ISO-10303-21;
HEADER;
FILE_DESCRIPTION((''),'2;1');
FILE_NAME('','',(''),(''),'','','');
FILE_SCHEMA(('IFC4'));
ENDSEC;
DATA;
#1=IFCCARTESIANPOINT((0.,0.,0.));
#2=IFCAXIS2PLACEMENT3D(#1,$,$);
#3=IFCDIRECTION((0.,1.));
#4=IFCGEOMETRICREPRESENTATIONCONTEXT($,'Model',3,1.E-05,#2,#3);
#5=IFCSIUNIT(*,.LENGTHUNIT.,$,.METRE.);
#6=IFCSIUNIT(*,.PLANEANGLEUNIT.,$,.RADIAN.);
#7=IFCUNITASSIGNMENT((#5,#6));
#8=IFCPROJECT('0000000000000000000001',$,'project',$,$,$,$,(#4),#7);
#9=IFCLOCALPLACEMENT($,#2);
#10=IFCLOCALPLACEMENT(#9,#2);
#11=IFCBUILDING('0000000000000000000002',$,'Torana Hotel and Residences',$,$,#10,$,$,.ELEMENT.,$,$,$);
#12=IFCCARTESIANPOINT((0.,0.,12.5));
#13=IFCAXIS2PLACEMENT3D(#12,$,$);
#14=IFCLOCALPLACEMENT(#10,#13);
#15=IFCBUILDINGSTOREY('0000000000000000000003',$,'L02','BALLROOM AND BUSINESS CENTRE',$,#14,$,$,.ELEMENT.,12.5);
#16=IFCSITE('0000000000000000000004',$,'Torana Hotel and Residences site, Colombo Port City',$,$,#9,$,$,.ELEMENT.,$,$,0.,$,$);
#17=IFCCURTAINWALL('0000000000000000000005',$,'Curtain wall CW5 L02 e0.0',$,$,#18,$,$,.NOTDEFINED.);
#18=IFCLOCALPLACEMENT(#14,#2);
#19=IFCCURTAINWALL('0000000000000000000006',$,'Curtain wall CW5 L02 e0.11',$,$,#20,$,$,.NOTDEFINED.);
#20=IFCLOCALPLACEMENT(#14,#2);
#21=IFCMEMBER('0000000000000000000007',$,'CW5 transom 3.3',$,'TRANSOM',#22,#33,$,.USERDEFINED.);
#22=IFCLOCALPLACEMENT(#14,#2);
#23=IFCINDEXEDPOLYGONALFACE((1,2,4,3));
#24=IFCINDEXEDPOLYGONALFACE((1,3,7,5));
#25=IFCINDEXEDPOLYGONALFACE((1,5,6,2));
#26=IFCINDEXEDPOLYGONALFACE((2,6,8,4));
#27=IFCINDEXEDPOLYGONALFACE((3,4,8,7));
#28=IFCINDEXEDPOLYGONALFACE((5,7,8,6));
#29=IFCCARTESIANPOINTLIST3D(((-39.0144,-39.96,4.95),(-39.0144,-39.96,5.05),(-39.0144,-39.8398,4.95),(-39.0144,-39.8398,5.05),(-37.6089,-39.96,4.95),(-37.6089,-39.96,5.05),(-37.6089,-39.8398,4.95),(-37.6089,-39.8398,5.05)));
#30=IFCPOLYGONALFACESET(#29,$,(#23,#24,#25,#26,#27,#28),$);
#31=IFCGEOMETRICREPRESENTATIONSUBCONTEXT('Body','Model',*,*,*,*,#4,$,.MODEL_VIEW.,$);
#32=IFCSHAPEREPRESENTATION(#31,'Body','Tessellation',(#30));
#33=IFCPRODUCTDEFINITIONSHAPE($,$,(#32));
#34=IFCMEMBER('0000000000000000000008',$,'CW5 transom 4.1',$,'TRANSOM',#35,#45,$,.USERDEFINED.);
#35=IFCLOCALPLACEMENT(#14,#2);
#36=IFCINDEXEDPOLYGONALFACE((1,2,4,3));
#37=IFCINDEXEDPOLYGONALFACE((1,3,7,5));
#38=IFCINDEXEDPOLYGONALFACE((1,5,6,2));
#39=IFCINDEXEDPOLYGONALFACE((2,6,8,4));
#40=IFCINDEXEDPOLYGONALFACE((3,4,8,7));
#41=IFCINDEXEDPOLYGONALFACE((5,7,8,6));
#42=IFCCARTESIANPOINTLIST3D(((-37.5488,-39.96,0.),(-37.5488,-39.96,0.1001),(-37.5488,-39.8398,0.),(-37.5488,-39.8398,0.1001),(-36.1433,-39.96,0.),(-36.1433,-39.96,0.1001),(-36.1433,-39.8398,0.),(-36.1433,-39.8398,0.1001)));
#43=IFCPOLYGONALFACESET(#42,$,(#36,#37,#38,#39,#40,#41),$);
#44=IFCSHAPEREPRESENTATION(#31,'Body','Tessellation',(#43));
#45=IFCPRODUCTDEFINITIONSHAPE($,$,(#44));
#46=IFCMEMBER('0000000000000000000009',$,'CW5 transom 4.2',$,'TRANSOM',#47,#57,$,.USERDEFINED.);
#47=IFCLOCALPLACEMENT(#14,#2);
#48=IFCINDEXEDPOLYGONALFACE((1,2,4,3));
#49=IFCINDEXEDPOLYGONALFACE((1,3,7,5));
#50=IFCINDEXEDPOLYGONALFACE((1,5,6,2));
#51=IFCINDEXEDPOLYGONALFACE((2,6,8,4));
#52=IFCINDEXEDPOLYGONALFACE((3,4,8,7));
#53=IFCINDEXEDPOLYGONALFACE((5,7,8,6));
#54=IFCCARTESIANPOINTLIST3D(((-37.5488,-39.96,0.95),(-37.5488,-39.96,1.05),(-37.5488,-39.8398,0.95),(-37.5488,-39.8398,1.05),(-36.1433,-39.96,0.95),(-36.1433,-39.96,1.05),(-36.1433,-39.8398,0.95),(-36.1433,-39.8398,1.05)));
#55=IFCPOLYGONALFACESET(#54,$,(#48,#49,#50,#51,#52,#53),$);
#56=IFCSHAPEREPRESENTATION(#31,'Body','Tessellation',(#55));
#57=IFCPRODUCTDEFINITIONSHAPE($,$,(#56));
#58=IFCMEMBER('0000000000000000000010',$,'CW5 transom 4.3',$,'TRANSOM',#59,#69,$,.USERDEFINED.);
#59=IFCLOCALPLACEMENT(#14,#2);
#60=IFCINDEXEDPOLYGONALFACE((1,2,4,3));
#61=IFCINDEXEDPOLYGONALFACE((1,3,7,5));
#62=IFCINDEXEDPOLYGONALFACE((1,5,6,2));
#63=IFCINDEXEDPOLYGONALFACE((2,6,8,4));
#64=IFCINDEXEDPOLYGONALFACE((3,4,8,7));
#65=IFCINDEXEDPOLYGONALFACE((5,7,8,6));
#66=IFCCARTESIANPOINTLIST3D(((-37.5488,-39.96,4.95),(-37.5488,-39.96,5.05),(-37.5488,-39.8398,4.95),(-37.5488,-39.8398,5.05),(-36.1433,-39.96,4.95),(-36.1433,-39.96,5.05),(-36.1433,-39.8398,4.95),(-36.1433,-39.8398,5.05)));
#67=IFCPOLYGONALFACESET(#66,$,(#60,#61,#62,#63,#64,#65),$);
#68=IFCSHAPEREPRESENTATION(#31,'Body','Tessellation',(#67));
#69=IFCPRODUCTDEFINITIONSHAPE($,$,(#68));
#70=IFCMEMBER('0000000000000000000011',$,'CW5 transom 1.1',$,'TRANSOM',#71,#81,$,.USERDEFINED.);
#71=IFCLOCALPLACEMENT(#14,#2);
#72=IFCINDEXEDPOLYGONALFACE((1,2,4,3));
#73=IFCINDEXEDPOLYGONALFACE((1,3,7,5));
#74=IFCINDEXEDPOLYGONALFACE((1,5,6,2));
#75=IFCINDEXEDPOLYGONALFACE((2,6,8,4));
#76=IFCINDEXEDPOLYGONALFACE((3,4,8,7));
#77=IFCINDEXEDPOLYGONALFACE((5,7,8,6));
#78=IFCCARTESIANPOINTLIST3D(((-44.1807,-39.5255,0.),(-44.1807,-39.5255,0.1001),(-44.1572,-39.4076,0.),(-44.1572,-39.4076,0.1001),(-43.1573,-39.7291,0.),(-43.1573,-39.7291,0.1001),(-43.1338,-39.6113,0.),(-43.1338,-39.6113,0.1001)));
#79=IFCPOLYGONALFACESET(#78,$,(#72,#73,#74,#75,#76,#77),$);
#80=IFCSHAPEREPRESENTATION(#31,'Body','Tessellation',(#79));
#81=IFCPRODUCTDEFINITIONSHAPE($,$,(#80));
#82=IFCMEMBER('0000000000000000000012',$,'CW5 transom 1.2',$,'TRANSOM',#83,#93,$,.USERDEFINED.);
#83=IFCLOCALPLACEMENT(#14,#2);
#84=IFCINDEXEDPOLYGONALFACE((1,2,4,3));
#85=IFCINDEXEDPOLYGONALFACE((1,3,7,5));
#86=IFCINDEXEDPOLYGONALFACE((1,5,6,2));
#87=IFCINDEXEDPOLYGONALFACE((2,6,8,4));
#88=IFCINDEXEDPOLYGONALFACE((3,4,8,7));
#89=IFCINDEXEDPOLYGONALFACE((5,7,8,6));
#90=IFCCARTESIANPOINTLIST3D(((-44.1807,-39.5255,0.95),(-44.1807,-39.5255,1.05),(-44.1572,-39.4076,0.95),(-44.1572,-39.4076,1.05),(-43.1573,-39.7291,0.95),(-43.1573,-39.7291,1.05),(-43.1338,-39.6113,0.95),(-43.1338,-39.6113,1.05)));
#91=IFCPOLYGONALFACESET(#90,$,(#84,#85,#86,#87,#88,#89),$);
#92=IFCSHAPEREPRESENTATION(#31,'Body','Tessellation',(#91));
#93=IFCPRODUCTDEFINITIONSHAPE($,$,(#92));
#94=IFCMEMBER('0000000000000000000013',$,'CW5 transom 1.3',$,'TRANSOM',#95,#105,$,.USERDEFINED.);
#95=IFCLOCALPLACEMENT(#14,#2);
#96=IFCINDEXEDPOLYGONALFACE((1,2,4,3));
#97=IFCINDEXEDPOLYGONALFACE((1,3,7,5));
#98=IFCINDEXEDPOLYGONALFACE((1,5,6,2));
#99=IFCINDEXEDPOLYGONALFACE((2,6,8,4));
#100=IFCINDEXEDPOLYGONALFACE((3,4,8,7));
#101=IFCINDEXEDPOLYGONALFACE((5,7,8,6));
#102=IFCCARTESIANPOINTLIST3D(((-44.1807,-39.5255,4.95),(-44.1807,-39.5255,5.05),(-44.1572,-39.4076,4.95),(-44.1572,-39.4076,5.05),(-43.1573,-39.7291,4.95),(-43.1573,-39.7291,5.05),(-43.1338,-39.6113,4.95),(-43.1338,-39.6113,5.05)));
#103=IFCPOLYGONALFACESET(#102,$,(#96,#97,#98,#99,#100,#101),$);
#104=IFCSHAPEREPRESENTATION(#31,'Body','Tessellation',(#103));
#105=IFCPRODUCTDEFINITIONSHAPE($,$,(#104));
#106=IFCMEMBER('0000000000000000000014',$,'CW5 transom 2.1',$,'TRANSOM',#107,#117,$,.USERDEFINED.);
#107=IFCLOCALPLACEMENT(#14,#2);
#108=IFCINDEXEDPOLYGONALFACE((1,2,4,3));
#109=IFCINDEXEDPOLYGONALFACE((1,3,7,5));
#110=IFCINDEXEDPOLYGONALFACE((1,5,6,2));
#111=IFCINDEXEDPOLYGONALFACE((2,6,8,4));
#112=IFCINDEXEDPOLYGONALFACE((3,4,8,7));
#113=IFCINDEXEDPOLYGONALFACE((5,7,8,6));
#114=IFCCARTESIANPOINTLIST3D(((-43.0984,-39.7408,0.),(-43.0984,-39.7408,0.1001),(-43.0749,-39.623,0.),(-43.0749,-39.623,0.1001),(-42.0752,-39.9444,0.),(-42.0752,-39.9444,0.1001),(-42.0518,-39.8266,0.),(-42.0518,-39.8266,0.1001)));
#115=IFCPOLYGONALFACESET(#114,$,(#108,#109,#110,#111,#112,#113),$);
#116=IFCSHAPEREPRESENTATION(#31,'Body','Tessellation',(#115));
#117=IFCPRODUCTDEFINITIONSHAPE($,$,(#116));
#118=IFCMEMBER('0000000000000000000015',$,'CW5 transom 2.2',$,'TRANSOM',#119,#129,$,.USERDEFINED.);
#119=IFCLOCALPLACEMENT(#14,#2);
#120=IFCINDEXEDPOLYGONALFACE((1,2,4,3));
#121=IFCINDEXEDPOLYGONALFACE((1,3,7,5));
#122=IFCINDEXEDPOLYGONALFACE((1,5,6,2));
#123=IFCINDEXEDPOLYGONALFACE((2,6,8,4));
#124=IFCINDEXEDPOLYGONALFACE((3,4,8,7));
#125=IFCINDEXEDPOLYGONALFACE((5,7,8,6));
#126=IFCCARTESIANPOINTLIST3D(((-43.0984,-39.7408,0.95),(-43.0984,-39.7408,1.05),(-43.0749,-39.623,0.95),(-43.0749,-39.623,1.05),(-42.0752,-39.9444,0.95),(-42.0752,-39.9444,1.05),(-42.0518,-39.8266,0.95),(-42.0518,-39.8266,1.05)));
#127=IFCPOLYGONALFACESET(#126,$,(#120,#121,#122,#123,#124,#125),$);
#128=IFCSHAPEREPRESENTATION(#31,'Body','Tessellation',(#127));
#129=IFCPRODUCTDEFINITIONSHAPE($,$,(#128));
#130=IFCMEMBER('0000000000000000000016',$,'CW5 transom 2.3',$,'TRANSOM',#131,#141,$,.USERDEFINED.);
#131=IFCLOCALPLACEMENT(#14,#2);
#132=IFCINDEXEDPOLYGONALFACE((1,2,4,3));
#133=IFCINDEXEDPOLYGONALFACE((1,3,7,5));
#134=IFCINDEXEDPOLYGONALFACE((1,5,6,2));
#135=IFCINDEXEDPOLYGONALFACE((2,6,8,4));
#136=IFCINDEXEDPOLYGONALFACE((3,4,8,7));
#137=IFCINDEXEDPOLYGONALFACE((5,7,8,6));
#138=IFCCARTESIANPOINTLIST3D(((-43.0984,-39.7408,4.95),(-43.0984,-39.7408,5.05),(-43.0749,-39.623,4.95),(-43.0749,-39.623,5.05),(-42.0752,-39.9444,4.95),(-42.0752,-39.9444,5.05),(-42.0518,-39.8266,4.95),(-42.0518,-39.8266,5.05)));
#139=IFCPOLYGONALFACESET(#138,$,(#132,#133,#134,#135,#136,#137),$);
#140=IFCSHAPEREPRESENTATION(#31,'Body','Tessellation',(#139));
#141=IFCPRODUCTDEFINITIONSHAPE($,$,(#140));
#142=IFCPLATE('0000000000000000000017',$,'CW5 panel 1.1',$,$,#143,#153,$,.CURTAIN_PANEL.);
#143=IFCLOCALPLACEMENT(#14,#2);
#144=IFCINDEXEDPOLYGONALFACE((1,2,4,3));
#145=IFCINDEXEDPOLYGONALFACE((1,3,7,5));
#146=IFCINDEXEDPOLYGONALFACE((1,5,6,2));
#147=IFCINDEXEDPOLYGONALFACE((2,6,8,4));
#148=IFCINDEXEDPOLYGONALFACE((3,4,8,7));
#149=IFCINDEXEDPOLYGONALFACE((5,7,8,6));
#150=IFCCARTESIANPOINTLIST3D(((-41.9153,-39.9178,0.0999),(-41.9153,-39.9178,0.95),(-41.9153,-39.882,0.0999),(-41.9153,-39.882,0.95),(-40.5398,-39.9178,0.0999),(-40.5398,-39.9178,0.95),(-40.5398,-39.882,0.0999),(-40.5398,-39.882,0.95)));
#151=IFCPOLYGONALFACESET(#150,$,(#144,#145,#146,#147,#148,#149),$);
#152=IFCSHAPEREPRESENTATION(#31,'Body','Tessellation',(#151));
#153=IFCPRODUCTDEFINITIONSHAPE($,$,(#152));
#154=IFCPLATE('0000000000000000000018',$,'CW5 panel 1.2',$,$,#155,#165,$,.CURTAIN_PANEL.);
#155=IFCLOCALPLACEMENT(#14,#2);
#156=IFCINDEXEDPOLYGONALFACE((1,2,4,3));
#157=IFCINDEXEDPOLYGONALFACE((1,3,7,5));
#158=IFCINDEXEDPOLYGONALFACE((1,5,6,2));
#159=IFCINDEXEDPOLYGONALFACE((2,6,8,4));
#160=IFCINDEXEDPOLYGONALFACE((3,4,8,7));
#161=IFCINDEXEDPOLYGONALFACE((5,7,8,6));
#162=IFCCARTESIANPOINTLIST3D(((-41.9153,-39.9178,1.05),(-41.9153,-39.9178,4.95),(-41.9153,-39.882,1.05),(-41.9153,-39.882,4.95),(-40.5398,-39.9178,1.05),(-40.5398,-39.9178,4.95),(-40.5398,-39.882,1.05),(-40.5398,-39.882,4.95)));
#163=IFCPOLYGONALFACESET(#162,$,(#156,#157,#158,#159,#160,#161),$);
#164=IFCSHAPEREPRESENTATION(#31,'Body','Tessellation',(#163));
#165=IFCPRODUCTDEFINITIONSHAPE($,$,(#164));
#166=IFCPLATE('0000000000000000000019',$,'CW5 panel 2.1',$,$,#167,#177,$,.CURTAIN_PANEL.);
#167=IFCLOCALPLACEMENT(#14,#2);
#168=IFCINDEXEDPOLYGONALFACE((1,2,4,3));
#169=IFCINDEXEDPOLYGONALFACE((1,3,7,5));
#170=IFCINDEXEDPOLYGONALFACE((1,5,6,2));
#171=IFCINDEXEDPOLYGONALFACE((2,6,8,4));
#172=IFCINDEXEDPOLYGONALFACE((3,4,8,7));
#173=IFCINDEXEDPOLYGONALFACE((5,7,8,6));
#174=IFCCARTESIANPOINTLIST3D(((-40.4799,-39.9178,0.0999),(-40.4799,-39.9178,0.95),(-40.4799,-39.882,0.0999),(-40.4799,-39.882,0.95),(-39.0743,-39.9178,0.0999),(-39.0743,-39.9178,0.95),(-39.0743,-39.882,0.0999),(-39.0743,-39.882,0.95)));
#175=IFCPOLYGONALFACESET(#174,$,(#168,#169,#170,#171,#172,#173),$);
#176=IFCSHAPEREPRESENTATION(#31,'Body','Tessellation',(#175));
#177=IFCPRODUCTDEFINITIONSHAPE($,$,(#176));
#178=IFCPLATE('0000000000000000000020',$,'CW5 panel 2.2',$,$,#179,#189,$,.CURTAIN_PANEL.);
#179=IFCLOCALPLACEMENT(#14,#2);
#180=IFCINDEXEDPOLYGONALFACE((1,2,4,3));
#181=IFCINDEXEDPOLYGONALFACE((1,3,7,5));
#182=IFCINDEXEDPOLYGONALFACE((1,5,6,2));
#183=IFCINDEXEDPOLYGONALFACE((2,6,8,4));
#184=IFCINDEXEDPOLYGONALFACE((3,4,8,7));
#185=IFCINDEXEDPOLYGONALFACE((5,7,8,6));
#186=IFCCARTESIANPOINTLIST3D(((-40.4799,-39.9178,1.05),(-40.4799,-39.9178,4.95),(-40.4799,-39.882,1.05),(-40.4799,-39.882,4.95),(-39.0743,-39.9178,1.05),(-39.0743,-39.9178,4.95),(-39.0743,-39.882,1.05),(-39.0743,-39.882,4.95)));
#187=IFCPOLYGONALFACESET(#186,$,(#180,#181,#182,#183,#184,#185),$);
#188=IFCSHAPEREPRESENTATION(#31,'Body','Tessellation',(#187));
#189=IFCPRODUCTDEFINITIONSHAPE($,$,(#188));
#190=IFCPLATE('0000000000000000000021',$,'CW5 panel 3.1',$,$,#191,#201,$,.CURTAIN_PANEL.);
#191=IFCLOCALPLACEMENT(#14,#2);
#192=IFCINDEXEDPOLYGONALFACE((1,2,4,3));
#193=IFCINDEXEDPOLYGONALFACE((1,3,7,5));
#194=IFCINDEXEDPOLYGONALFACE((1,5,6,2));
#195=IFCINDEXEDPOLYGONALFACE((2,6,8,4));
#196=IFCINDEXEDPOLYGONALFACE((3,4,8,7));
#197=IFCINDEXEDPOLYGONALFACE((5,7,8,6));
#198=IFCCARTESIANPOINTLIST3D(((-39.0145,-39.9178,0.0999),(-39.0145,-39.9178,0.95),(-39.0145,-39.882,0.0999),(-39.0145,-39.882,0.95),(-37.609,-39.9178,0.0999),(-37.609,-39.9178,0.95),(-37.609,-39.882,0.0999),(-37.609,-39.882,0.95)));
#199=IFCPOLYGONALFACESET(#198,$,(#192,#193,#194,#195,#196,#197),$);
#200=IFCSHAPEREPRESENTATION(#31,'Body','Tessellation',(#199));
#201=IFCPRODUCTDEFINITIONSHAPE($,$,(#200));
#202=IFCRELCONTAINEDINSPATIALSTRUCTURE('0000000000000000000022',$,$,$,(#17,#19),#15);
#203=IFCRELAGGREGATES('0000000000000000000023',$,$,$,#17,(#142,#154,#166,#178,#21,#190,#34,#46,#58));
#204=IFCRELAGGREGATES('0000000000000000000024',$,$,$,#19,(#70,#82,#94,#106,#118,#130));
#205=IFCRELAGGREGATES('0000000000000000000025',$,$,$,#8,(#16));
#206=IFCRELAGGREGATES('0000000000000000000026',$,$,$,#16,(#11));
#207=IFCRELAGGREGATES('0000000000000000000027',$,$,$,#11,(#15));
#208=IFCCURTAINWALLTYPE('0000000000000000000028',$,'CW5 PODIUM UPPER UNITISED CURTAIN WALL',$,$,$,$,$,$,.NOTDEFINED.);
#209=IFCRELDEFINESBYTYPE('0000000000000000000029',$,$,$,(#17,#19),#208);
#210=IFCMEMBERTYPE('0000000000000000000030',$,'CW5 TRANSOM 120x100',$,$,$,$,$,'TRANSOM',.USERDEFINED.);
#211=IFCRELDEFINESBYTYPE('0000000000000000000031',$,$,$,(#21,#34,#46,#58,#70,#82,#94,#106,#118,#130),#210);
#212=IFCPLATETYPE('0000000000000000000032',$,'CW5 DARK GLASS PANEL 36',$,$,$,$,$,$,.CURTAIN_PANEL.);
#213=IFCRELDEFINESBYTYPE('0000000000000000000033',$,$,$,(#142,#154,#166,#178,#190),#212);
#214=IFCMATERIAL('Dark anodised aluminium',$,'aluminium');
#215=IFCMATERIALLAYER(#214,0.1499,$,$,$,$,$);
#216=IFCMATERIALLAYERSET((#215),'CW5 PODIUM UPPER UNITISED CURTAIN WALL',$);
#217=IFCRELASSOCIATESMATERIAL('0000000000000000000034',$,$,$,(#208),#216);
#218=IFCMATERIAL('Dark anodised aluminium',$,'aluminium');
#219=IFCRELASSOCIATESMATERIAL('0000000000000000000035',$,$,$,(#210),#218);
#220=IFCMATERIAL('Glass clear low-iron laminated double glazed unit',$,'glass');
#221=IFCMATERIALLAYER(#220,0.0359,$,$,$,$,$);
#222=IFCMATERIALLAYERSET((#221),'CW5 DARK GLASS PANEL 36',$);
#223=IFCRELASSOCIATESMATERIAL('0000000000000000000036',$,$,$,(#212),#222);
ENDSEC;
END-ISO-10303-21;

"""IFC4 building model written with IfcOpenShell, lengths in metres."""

from ifc_helpers import new_model, si_unit, direction, frame, origin, origin_2d, place, context, subcontext, project, spatial, rectangle, extrude, material, layer, layer_set, material_profile, profile_set, type_object, element, aggregate, save


model = new_model("IFC4")

# Units and contexts
model_context = context("Model", 3, precision=1e-05, world=origin(), true_north=direction((0.0, 1.0)))
body_context = subcontext(model_context, "Body", "Model", "MODEL_VIEW")
ifc_project = project(units=[si_unit("LENGTHUNIT", "METRE"), si_unit("PLANEANGLEUNIT", "RADIAN")], contexts=[model_context])

# Site, building, storey
site_placement = place(None, origin())
site = spatial("IfcSite", under=ifc_project, at=site_placement, Name="Torana Hotel and Residences site, Colombo Port City", CompositionType="ELEMENT", RefElevation=0.0)
building_placement = place(site_placement, origin())
building = spatial("IfcBuilding", under=site, at=building_placement, Name="Torana Hotel and Residences", CompositionType="ELEMENT")
storey_placement = place(building_placement, frame((0.0, 0.0, 12.5)))
storey = spatial("IfcBuildingStorey", under=building, at=storey_placement, Name="L02", Description="BALLROOM AND BUSINESS CENTRE", CompositionType="ELEMENT", Elevation=12.5)

# Curtain walls
ifc_material_1 = material(Name="Dark anodised aluminium", Category="aluminium")
ifc_layer_1 = layer(ifc_material_1, 0.1499)
ifc_layer_set_1 = layer_set([ifc_layer_1], Name="CW5 PODIUM UPPER UNITISED CURTAIN WALL")
curtain_wall_type = type_object("IfcCurtainWallType", Name="CW5 PODIUM UPPER UNITISED CURTAIN WALL", PredefinedType="NOTDEFINED", material=ifc_layer_set_1)
curtain_wall_1_placement = place(storey_placement, origin())
curtain_wall_1 = element("IfcCurtainWall", 1, at=curtain_wall_1_placement, inside=storey, type_object=curtain_wall_type, Name="Curtain wall CW5 L02 e0.0", PredefinedType="NOTDEFINED")
curtain_wall_2_placement = place(storey_placement, origin())
curtain_wall_2 = element("IfcCurtainWall", 2, at=curtain_wall_2_placement, inside=storey, type_object=curtain_wall_type, Name="Curtain wall CW5 L02 e0.11", PredefinedType="NOTDEFINED")

# Members
ifc_material_2 = material(Name="Dark anodised aluminium", Category="aluminium")
ifc_material_profile_1 = material_profile(ifc_material_2, rectangle(XDim=0.1201, YDim=0.1001, at=origin_2d()), Name="CW5 TRANSOM 120x100")
ifc_profile_set_1 = profile_set([ifc_material_profile_1], Name="Dark anodised aluminium")
member_type_1 = type_object("IfcMemberType", Name="CW5 TRANSOM 120x100", ElementType="TRANSOM", PredefinedType="USERDEFINED", material=ifc_profile_set_1)
member_1_placement = place(storey_placement, frame((-39.0144, -39.8999, 5.0), z_axis=(1.0, 0.0, 0.0), x_axis=(0.0, 1.0, 0.0)))
member_1 = element("IfcMember", 3, at=member_1_placement, type_object=member_type_1, Name="CW5 transom 3.3", ObjectType="TRANSOM", PredefinedType="USERDEFINED", context=body_context, shape_type="SweptSolid", body=[
    extrude(rectangle(XDim=0.1201, YDim=0.1001, at=origin_2d()), origin(), (0.0, 0.0, 1.0), 1.4055),
])
member_2_placement = place(storey_placement, frame((-37.5488, -39.8999, 0.05), z_axis=(1.0, 0.0, 0.0), x_axis=(0.0, 1.0, 0.0)))
member_2 = element("IfcMember", 4, at=member_2_placement, type_object=member_type_1, Name="CW5 transom 4.1", ObjectType="TRANSOM", PredefinedType="USERDEFINED", context=body_context, shape_type="SweptSolid", body=[
    extrude(rectangle(XDim=0.1201, YDim=0.1001, at=origin_2d()), origin(), (0.0, 0.0, 1.0), 1.4055),
])
member_3_placement = place(storey_placement, frame((-37.5488, -39.8999, 1.0), z_axis=(1.0, 0.0, 0.0), x_axis=(0.0, 1.0, 0.0)))
member_3 = element("IfcMember", 5, at=member_3_placement, type_object=member_type_1, Name="CW5 transom 4.2", ObjectType="TRANSOM", PredefinedType="USERDEFINED", context=body_context, shape_type="SweptSolid", body=[
    extrude(rectangle(XDim=0.1201, YDim=0.1001, at=origin_2d()), origin(), (0.0, 0.0, 1.0), 1.4055),
])
member_4_placement = place(storey_placement, frame((-37.5488, -39.8999, 5.0), z_axis=(1.0, 0.0, 0.0), x_axis=(0.0, 1.0, 0.0)))
member_4 = element("IfcMember", 6, at=member_4_placement, type_object=member_type_1, Name="CW5 transom 4.3", ObjectType="TRANSOM", PredefinedType="USERDEFINED", context=body_context, shape_type="SweptSolid", body=[
    extrude(rectangle(XDim=0.1201, YDim=0.1001, at=origin_2d()), origin(), (0.0, 0.0, 1.0), 1.4055),
])
member_5_placement = place(storey_placement, frame((-44.1689, -39.4666, 0.05), z_axis=(0.980778, -0.195126, 0.0), x_axis=(0.195126, 0.980778, 0.0)))
member_5 = element("IfcMember", 7, at=member_5_placement, type_object=member_type_1, Name="CW5 transom 1.1", ObjectType="TRANSOM", PredefinedType="USERDEFINED", context=body_context, shape_type="SweptSolid", body=[
    extrude(rectangle(XDim=0.1201, YDim=0.1001, at=origin_2d()), origin(), (0.0, 0.0, 1.0), 1.0435),
])
member_6_placement = place(storey_placement, frame((-44.1689, -39.4666, 1.0), z_axis=(0.980778, -0.195126, 0.0), x_axis=(0.195126, 0.980778, 0.0)))
member_6 = element("IfcMember", 8, at=member_6_placement, type_object=member_type_1, Name="CW5 transom 1.2", ObjectType="TRANSOM", PredefinedType="USERDEFINED", context=body_context, shape_type="SweptSolid", body=[
    extrude(rectangle(XDim=0.1201, YDim=0.1001, at=origin_2d()), origin(), (0.0, 0.0, 1.0), 1.0435),
])
member_7_placement = place(storey_placement, frame((-44.1689, -39.4666, 5.0), z_axis=(0.980778, -0.195126, 0.0), x_axis=(0.195126, 0.980778, 0.0)))
member_7 = element("IfcMember", 9, at=member_7_placement, type_object=member_type_1, Name="CW5 transom 1.3", ObjectType="TRANSOM", PredefinedType="USERDEFINED", context=body_context, shape_type="SweptSolid", body=[
    extrude(rectangle(XDim=0.1201, YDim=0.1001, at=origin_2d()), origin(), (0.0, 0.0, 1.0), 1.0435),
])
member_8_placement = place(storey_placement, frame((-43.0867, -39.6819, 0.05), z_axis=(0.980769, -0.195171, 0.0), x_axis=(0.195171, 0.980769, 0.0)))
member_8 = element("IfcMember", 10, at=member_8_placement, type_object=member_type_1, Name="CW5 transom 2.1", ObjectType="TRANSOM", PredefinedType="USERDEFINED", context=body_context, shape_type="SweptSolid", body=[
    extrude(rectangle(XDim=0.1201, YDim=0.1001, at=origin_2d()), origin(), (0.0, 0.0, 1.0), 1.0432),
])
member_9_placement = place(storey_placement, frame((-43.0867, -39.6819, 1.0), z_axis=(0.980769, -0.195171, 0.0), x_axis=(0.195171, 0.980769, 0.0)))
member_9 = element("IfcMember", 11, at=member_9_placement, type_object=member_type_1, Name="CW5 transom 2.2", ObjectType="TRANSOM", PredefinedType="USERDEFINED", context=body_context, shape_type="SweptSolid", body=[
    extrude(rectangle(XDim=0.1201, YDim=0.1001, at=origin_2d()), origin(), (0.0, 0.0, 1.0), 1.0432),
])
member_10_placement = place(storey_placement, frame((-43.0867, -39.6819, 5.0), z_axis=(0.980769, -0.195171, 0.0), x_axis=(0.195171, 0.980769, 0.0)))
member_10 = element("IfcMember", 12, at=member_10_placement, type_object=member_type_1, Name="CW5 transom 2.3", ObjectType="TRANSOM", PredefinedType="USERDEFINED", context=body_context, shape_type="SweptSolid", body=[
    extrude(rectangle(XDim=0.1201, YDim=0.1001, at=origin_2d()), origin(), (0.0, 0.0, 1.0), 1.0432),
])

# Plates
ifc_material_3 = material(Name="Glass clear low-iron laminated double glazed unit", Category="glass")
ifc_layer_2 = layer(ifc_material_3, 0.0359)
ifc_layer_set_2 = layer_set([ifc_layer_2], Name="CW5 DARK GLASS PANEL 36")
plate_type = type_object("IfcPlateType", Name="CW5 DARK GLASS PANEL 36", PredefinedType="CURTAIN_PANEL", material=ifc_layer_set_2)
plate_1_placement = place(storey_placement, frame((-41.2275, -39.8999, 0.0999), z_axis=(0.0, 0.0, 1.0), x_axis=(1.0, 0.0, 0.0)))
plate_1 = element("IfcPlate", 13, at=plate_1_placement, type_object=plate_type, Name="CW5 panel 1.1", PredefinedType="CURTAIN_PANEL", context=body_context, shape_type="SweptSolid", body=[
    extrude(rectangle(XDim=1.3755, YDim=0.0359, at=origin_2d()), origin(), (0.0, 0.0, 1.0), 0.8501),
])
plate_2_placement = place(storey_placement, frame((-41.2275, -39.8999, 1.05), z_axis=(0.0, 0.0, 1.0), x_axis=(1.0, 0.0, 0.0)))
plate_2 = element("IfcPlate", 14, at=plate_2_placement, type_object=plate_type, Name="CW5 panel 1.2", PredefinedType="CURTAIN_PANEL", context=body_context, shape_type="SweptSolid", body=[
    extrude(rectangle(XDim=1.3755, YDim=0.0359, at=origin_2d()), origin(), (0.0, 0.0, 1.0), 3.8999),
])
plate_3_placement = place(storey_placement, frame((-39.7771, -39.8999, 0.0999), z_axis=(0.0, 0.0, 1.0), x_axis=(1.0, 0.0, 0.0)))
plate_3 = element("IfcPlate", 15, at=plate_3_placement, type_object=plate_type, Name="CW5 panel 2.1", PredefinedType="CURTAIN_PANEL", context=body_context, shape_type="SweptSolid", body=[
    extrude(rectangle(XDim=1.4055, YDim=0.0359, at=origin_2d()), origin(), (0.0, 0.0, 1.0), 0.8501),
])
plate_4_placement = place(storey_placement, frame((-39.7771, -39.8999, 1.05), z_axis=(0.0, 0.0, 1.0), x_axis=(1.0, 0.0, 0.0)))
plate_4 = element("IfcPlate", 16, at=plate_4_placement, type_object=plate_type, Name="CW5 panel 2.2", PredefinedType="CURTAIN_PANEL", context=body_context, shape_type="SweptSolid", body=[
    extrude(rectangle(XDim=1.4055, YDim=0.0359, at=origin_2d()), origin(), (0.0, 0.0, 1.0), 3.8999),
])
plate_5_placement = place(storey_placement, frame((-38.3118, -39.8999, 0.0999), z_axis=(0.0, 0.0, 1.0), x_axis=(1.0, 0.0, 0.0)))
plate_5 = element("IfcPlate", 17, at=plate_5_placement, type_object=plate_type, Name="CW5 panel 3.1", PredefinedType="CURTAIN_PANEL", context=body_context, shape_type="SweptSolid", body=[
    extrude(rectangle(XDim=1.4055, YDim=0.0359, at=origin_2d()), origin(), (0.0, 0.0, 1.0), 0.8501),
])
aggregate(curtain_wall_1, [plate_1, plate_2, plate_3, plate_4, member_1, plate_5, member_2, member_3, member_4])
aggregate(curtain_wall_2, [member_5, member_6, member_7, member_8, member_9, member_10])

save(model, "model.ifc")
